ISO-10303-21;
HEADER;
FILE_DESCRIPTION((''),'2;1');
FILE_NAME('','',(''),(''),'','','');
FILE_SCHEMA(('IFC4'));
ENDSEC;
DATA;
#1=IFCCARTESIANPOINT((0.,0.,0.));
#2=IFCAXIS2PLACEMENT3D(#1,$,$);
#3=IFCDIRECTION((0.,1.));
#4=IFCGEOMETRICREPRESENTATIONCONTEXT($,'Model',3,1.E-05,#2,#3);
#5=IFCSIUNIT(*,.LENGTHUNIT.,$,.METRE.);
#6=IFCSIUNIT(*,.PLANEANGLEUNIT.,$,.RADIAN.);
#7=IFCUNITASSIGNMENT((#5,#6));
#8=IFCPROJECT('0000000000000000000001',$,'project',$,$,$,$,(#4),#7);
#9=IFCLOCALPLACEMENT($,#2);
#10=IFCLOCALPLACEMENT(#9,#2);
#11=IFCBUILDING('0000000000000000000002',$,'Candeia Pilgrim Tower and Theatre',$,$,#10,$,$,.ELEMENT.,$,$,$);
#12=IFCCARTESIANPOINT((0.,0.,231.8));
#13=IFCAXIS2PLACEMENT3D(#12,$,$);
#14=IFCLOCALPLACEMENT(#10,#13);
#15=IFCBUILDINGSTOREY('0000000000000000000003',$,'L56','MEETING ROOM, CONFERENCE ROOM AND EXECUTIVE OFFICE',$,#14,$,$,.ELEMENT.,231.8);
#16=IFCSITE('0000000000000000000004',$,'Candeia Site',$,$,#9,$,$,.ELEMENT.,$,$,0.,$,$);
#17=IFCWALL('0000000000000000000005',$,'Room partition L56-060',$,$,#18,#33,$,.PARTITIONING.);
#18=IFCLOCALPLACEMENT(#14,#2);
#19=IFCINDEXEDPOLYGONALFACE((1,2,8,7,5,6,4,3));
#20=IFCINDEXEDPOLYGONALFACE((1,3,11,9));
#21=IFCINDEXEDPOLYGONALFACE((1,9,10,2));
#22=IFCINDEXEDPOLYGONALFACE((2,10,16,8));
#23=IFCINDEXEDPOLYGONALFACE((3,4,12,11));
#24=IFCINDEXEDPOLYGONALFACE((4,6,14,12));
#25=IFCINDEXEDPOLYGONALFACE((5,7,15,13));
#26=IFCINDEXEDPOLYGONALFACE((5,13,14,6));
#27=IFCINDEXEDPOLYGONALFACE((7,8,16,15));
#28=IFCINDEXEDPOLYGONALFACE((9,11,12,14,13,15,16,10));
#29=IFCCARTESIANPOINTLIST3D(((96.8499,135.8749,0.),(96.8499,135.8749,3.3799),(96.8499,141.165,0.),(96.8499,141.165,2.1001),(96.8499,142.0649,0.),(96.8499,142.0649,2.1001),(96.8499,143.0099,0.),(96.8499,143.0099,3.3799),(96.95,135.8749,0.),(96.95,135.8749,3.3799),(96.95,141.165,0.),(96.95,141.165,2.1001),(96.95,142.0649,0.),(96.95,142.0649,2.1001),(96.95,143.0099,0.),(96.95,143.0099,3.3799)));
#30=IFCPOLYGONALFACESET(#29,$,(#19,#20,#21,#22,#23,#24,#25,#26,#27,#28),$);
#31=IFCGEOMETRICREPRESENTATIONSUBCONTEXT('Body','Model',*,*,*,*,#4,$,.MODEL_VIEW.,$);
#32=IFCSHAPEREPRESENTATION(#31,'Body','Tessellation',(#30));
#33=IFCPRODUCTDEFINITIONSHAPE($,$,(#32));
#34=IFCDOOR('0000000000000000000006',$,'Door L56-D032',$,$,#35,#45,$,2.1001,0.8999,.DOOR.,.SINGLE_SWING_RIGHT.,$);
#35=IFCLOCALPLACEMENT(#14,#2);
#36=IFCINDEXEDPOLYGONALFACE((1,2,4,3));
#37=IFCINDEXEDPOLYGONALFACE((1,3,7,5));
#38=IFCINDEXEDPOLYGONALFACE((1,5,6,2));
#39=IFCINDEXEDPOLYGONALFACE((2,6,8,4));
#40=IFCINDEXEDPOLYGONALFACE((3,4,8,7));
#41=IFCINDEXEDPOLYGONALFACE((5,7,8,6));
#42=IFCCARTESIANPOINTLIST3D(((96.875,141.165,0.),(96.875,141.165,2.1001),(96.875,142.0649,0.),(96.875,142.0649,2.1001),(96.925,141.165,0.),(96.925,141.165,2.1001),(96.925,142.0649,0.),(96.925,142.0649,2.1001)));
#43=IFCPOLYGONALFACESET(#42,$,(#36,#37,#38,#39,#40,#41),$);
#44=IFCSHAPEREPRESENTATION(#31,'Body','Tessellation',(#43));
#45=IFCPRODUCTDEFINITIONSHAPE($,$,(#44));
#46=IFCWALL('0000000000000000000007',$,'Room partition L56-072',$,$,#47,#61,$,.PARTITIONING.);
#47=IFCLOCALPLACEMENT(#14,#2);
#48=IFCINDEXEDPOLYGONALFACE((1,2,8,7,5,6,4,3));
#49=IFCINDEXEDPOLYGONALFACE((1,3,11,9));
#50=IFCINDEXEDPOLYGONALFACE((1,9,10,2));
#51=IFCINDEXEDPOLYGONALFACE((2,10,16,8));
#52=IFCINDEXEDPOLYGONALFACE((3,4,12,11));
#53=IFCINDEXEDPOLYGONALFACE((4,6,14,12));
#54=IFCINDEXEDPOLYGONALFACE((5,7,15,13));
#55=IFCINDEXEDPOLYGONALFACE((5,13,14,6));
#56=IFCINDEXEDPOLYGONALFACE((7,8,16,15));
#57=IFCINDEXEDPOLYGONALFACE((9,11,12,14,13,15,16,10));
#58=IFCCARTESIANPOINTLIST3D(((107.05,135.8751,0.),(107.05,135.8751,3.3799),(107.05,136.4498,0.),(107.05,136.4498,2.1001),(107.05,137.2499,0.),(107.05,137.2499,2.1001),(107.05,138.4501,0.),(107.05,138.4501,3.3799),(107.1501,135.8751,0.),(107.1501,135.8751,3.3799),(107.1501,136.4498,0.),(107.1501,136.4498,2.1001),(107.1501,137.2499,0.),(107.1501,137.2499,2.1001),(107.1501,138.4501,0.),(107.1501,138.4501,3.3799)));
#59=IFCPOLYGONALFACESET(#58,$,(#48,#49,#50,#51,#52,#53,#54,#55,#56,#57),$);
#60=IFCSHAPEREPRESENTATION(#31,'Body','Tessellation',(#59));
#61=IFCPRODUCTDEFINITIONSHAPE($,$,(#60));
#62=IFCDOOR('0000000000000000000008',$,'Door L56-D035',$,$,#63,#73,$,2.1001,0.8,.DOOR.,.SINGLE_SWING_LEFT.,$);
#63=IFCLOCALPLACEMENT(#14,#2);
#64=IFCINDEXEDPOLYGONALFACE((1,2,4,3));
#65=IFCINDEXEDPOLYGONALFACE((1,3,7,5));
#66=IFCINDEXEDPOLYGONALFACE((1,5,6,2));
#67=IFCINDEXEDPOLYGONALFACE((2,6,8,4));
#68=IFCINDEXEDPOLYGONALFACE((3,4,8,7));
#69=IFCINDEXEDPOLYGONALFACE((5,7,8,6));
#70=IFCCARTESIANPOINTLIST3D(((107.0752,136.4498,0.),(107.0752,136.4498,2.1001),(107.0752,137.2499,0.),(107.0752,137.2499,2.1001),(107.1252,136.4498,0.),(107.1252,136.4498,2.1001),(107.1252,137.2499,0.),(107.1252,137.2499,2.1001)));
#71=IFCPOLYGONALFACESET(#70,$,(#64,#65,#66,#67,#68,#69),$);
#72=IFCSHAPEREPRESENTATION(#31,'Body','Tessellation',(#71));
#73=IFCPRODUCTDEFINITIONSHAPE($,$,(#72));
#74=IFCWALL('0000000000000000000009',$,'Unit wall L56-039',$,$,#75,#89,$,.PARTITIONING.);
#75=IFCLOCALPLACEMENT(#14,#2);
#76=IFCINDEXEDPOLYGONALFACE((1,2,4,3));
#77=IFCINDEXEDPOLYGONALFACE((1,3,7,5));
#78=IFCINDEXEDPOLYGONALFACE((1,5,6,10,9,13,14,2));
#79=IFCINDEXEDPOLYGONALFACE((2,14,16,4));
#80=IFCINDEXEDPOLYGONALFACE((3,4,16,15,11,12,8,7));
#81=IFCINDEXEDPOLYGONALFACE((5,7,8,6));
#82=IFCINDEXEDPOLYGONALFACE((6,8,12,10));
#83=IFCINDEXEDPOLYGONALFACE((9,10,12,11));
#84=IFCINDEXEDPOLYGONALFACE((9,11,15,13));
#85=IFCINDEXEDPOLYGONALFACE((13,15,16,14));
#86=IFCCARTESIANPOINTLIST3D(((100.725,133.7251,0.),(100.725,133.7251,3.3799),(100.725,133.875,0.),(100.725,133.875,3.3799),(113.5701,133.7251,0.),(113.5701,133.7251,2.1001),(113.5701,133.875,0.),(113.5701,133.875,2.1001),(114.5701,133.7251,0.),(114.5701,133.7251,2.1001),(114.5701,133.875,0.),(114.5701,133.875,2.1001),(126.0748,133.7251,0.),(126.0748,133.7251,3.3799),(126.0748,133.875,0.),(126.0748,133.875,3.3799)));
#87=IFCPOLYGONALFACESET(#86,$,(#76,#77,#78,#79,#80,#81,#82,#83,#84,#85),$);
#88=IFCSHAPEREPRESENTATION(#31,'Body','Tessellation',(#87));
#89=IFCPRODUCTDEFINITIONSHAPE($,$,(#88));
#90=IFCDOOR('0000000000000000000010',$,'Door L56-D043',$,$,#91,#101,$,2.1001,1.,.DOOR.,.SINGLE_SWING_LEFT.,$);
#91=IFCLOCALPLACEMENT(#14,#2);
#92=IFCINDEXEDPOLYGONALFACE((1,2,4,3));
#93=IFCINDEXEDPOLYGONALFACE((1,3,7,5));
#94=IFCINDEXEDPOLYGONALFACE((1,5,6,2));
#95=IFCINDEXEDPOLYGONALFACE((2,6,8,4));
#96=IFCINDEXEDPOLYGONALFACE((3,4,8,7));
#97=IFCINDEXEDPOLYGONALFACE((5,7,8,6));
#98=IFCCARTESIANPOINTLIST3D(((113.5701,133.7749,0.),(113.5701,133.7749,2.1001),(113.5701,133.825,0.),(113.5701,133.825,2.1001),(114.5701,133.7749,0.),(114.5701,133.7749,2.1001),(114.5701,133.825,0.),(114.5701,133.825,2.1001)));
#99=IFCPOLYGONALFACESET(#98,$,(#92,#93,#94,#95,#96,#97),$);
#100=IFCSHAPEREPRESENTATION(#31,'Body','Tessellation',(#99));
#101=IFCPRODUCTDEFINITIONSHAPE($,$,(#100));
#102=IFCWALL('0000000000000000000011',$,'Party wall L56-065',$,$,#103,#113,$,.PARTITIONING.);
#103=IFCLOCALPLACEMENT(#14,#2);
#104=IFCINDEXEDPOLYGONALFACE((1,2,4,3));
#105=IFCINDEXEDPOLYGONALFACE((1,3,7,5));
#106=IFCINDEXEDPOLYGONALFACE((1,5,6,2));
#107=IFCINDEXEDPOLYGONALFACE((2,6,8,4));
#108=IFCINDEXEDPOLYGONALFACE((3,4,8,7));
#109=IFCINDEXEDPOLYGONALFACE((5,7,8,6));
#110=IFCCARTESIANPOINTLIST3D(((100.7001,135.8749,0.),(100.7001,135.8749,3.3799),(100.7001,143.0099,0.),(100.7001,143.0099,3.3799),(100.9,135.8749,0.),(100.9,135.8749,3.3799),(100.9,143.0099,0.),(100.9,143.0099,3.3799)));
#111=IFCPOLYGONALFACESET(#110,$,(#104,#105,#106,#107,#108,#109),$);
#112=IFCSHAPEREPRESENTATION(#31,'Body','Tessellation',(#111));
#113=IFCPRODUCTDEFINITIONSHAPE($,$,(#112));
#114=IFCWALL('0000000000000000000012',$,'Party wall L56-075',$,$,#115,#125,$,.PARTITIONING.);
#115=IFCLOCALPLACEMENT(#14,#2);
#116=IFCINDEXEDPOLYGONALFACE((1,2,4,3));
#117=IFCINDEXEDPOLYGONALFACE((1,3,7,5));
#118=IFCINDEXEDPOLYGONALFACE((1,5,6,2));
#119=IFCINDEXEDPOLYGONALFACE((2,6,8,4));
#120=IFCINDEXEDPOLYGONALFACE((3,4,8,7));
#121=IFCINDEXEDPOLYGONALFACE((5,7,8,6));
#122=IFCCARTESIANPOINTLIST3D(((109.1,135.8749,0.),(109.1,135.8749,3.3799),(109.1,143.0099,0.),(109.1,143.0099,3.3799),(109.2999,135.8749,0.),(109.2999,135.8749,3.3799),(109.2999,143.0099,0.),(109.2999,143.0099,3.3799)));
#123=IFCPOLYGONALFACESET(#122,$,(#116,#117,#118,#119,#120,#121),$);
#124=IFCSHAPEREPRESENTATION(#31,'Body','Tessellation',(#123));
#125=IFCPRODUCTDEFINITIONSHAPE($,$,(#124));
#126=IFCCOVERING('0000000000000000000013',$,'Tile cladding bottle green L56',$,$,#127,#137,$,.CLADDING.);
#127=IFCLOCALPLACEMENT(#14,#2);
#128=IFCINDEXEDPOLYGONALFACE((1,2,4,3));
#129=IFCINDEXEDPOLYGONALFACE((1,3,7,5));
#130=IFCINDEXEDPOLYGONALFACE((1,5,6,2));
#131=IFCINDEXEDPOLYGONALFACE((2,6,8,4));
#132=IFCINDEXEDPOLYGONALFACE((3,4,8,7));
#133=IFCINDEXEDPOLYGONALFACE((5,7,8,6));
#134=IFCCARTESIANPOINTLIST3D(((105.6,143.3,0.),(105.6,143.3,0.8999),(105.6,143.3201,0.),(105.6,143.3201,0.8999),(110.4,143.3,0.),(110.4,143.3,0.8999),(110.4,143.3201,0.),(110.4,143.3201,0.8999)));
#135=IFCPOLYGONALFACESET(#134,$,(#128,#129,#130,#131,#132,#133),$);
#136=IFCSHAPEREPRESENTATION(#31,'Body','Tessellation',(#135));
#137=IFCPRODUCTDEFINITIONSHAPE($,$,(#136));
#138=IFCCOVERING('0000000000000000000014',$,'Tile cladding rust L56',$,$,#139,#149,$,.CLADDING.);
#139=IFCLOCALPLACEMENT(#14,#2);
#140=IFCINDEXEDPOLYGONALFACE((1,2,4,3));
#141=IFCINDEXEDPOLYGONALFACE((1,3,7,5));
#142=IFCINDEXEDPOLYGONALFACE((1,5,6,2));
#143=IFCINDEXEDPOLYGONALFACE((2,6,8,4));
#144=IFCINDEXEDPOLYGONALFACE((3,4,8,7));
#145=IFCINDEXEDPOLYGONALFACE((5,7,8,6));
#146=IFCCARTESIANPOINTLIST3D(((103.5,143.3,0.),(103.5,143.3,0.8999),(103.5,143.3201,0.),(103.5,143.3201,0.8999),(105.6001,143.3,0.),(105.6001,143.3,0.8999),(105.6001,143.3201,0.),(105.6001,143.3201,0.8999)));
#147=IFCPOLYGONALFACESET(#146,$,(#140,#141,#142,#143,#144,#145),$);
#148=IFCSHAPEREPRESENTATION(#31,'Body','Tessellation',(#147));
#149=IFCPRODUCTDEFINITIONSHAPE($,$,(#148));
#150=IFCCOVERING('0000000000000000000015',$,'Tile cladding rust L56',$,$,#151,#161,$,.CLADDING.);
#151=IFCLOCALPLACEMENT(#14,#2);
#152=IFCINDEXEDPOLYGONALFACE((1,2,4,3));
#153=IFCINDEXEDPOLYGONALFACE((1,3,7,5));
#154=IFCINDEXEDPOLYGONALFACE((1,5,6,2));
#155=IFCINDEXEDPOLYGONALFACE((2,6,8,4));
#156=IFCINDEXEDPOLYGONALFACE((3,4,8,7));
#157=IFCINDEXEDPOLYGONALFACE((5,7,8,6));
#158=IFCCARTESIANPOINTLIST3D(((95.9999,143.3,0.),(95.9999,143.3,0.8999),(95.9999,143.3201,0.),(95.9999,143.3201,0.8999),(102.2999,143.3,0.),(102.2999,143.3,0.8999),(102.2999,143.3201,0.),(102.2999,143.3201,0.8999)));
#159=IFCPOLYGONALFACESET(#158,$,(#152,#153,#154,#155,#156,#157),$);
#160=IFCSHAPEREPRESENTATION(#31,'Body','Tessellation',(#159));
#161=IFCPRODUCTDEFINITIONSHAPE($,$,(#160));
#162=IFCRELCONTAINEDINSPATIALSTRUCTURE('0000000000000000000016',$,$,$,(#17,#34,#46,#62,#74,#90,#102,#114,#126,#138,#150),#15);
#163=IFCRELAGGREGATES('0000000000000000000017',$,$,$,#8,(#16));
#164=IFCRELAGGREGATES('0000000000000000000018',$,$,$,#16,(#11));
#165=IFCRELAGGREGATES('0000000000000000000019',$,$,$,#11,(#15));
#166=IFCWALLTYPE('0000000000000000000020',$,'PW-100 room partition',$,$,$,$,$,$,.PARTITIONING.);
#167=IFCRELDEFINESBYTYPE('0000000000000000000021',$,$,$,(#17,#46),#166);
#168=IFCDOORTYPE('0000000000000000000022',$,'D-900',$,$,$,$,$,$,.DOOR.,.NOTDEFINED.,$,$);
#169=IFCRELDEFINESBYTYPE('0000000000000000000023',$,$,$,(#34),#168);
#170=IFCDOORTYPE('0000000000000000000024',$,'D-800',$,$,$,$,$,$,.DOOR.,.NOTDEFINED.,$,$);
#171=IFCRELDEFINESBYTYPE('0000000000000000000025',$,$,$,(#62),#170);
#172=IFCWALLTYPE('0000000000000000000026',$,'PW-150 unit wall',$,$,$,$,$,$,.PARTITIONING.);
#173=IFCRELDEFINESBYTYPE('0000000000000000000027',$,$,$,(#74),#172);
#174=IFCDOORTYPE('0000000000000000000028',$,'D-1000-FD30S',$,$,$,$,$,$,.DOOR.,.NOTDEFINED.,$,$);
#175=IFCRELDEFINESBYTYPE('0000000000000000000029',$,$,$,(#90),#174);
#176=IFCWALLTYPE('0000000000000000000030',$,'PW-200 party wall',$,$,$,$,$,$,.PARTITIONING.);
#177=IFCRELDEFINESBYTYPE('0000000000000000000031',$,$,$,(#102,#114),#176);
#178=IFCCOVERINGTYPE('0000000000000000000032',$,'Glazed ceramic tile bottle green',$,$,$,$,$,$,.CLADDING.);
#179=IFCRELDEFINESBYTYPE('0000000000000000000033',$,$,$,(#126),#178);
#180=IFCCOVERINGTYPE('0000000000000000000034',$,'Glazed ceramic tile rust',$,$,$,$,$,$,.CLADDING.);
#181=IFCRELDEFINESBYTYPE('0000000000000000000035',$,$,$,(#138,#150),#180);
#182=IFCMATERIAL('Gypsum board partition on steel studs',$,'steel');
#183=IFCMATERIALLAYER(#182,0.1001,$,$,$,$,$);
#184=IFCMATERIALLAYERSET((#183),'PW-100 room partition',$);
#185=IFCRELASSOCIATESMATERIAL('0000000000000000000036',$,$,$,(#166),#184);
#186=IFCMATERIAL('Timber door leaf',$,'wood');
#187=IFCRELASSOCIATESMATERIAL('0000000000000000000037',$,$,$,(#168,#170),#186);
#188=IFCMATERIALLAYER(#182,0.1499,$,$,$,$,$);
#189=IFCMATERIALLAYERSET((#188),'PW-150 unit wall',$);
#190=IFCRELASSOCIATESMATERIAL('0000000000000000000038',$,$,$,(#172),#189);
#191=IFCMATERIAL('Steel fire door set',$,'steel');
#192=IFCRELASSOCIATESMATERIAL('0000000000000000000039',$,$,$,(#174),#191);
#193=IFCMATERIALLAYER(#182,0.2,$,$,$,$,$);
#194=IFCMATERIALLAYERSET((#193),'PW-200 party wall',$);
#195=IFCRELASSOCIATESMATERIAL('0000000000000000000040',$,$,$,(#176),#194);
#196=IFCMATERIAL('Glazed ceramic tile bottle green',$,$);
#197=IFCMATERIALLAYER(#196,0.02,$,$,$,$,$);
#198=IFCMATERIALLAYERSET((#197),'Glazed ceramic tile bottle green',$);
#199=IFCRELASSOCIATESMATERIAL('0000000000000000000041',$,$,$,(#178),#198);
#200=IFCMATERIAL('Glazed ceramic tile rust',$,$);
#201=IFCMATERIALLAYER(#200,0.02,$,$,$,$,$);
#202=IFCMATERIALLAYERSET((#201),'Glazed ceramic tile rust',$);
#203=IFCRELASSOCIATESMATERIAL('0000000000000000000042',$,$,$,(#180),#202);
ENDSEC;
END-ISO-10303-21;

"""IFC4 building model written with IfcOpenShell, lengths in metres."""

from ifc_helpers import new_model, si_unit, direction, frame, frame_2d, origin, origin_2d, place, context, subcontext, project, spatial, rectangle, extrude, material, layer, layer_set, type_object, element, fill, save


model = new_model("IFC4")

# Units and contexts
model_context = context("Model", 3, precision=1e-05, world=origin(), true_north=direction((0.0, 1.0)))
body_context = subcontext(model_context, "Body", "Model", "MODEL_VIEW")
ifc_project = project(units=[si_unit("LENGTHUNIT", "METRE"), si_unit("PLANEANGLEUNIT", "RADIAN")], contexts=[model_context])

# Site, building, storey
site_placement = place(None, origin())
site = spatial("IfcSite", under=ifc_project, at=site_placement, Name="Candeia Site", CompositionType="ELEMENT", RefElevation=0.0)
building_placement = place(site_placement, origin())
building = spatial("IfcBuilding", under=site, at=building_placement, Name="Candeia Pilgrim Tower and Theatre", CompositionType="ELEMENT")
storey_placement = place(building_placement, frame((0.0, 0.0, 231.8)))
storey = spatial("IfcBuildingStorey", under=building, at=storey_placement, Name="L56", Description="MEETING ROOM, CONFERENCE ROOM AND EXECUTIVE OFFICE", CompositionType="ELEMENT", Elevation=231.8)

# Shared definitions
ifc_material_1 = material(Name="Gypsum board partition on steel studs", Category="steel")
ifc_layer_1 = layer(ifc_material_1, 0.1001)
ifc_layer_set_1 = layer_set([ifc_layer_1], Name="PW-100 room partition")
wall_type_1 = type_object("IfcWallType", Name="PW-100 room partition", PredefinedType="PARTITIONING", material=ifc_layer_set_1)

# Walls, openings, doors
wall_1_placement = place(storey_placement, frame((96.8999, 135.875, 0.0), z_axis=(0.0, 0.0, 1.0), x_axis=(0.0, 1.0, 0.0)))
wall_1 = element("IfcWall", 1, at=wall_1_placement, inside=storey, type_object=wall_type_1, Name="Room partition L56-060", PredefinedType="PARTITIONING", context=body_context, shape_type="SweptSolid", body=[
    extrude(rectangle(XDim=7.135, YDim=0.1001, at=frame_2d((3.5674, 0.0))), origin(), (0.0, 0.0, 1.0), 3.3799),
])
opening_1_placement = place(wall_1_placement, frame((5.29, 0.0, 0.0)))
opening_1 = element("IfcOpeningElement", 2, at=opening_1_placement, cuts=wall_1, PredefinedType="OPENING", context=body_context, shape_type="SweptSolid", body=[
    extrude(rectangle(XDim=0.8999, YDim=2.1001, at=frame_2d((0.45, 1.05))), frame((0.0, 0.0601, 0.0), z_axis=(0.0, -1.0, 0.0), x_axis=(1.0, 0.0, 0.0)), (0.0, 0.0, 1.0), 0.1201),
])
ifc_material_2 = material(Name="Timber door leaf", Category="wood")
door_type_1 = type_object("IfcDoorType", Name="D-900", OperationType="NOTDEFINED", PredefinedType="DOOR", material=ifc_material_2)
door_1_placement = place(opening_1_placement, origin())
door_1 = element("IfcDoor", 3, at=door_1_placement, inside=storey, type_object=door_type_1, Name="Door L56-D032", OperationType="SINGLE_SWING_RIGHT", OverallHeight=2.1001, OverallWidth=0.8999, PredefinedType="DOOR", context=body_context, shape_type="SweptSolid", body=[
    extrude(rectangle(XDim=0.8999, YDim=2.1001, at=frame_2d((0.45, 1.05))), frame((0.0, 0.0249, 0.0), z_axis=(0.0, -1.0, 0.0), x_axis=(1.0, 0.0, 0.0)), (0.0, 0.0, 1.0), 0.05),
])
fill(opening_1, door_1)
wall_2_placement = place(storey_placement, frame((107.1001, 135.875, 0.0), z_axis=(0.0, 0.0, 1.0), x_axis=(0.0, 1.0, 0.0)))
wall_2 = element("IfcWall", 4, at=wall_2_placement, inside=storey, type_object=wall_type_1, Name="Room partition L56-072", PredefinedType="PARTITIONING", context=body_context, shape_type="SweptSolid", body=[
    extrude(rectangle(XDim=2.575, YDim=0.1001, at=frame_2d((1.2876, 0.0))), origin(), (0.0, 0.0, 1.0), 3.3799),
])
opening_2_placement = place(wall_2_placement, frame((0.575, 0.0, 0.0)))
opening_2 = element("IfcOpeningElement", 5, at=opening_2_placement, cuts=wall_2, PredefinedType="OPENING", context=body_context, shape_type="SweptSolid", body=[
    extrude(rectangle(XDim=0.8, YDim=2.1001, at=frame_2d((0.3999, 1.05))), frame((0.0, 0.0601, 0.0), z_axis=(0.0, -1.0, 0.0), x_axis=(1.0, 0.0, 0.0)), (0.0, 0.0, 1.0), 0.1201),
])
door_type_2 = type_object("IfcDoorType", Name="D-800", OperationType="NOTDEFINED", PredefinedType="DOOR", material=ifc_material_2)
door_2_placement = place(opening_2_placement, origin())
door_2 = element("IfcDoor", 6, at=door_2_placement, inside=storey, type_object=door_type_2, Name="Door L56-D035", OperationType="SINGLE_SWING_LEFT", OverallHeight=2.1001, OverallWidth=0.8, PredefinedType="DOOR", context=body_context, shape_type="SweptSolid", body=[
    extrude(rectangle(XDim=0.8, YDim=2.1001, at=frame_2d((0.3999, 1.05))), frame((0.0, 0.0249, 0.0), z_axis=(0.0, -1.0, 0.0), x_axis=(1.0, 0.0, 0.0)), (0.0, 0.0, 1.0), 0.05),
])
fill(opening_2, door_2)
ifc_layer_2 = layer(ifc_material_1, 0.1499)
ifc_layer_set_2 = layer_set([ifc_layer_2], Name="PW-150 unit wall")
wall_type_2 = type_object("IfcWallType", Name="PW-150 unit wall", PredefinedType="PARTITIONING", material=ifc_layer_set_2)
wall_3_placement = place(storey_placement, frame((100.7251, 133.8, 0.0), z_axis=(0.0, 0.0, 1.0), x_axis=(1.0, 0.0, 0.0)))
wall_3 = element("IfcWall", 7, at=wall_3_placement, inside=storey, type_object=wall_type_2, Name="Unit wall L56-039", PredefinedType="PARTITIONING", context=body_context, shape_type="SweptSolid", body=[
    extrude(rectangle(XDim=25.3499, YDim=0.1499, at=frame_2d((12.6748, 0.0))), origin(), (0.0, 0.0, 1.0), 3.3799),
])
opening_3_placement = place(wall_3_placement, frame((12.845, 0.0, 0.0)))
opening_3 = element("IfcOpeningElement", 8, at=opening_3_placement, cuts=wall_3, PredefinedType="OPENING", context=body_context, shape_type="SweptSolid", body=[
    extrude(rectangle(XDim=1.0, YDim=2.1001, at=frame_2d((0.5, 1.05))), frame((0.0, 0.085, 0.0), z_axis=(0.0, -1.0, 0.0), x_axis=(1.0, 0.0, 0.0)), (0.0, 0.0, 1.0), 0.1699),
])
ifc_material_3 = material(Name="Steel fire door set", Category="steel")
door_type_3 = type_object("IfcDoorType", Name="D-1000-FD30S", OperationType="NOTDEFINED", PredefinedType="DOOR", material=ifc_material_3)
door_3_placement = place(opening_3_placement, origin())
door_3 = element("IfcDoor", 9, at=door_3_placement, inside=storey, type_object=door_type_3, Name="Door L56-D043", OperationType="SINGLE_SWING_LEFT", OverallHeight=2.1001, OverallWidth=1.0, PredefinedType="DOOR", context=body_context, shape_type="SweptSolid", body=[
    extrude(rectangle(XDim=1.0, YDim=2.1001, at=frame_2d((0.5, 1.05))), frame((0.0, 0.0249, 0.0), z_axis=(0.0, -1.0, 0.0), x_axis=(1.0, 0.0, 0.0)), (0.0, 0.0, 1.0), 0.05),
])
fill(opening_3, door_3)

# Walls
ifc_layer_3 = layer(ifc_material_1, 0.2)
ifc_layer_set_3 = layer_set([ifc_layer_3], Name="PW-200 party wall")
wall_type_3 = type_object("IfcWallType", Name="PW-200 party wall", PredefinedType="PARTITIONING", material=ifc_layer_set_3)
for number, where, z_axis, x_axis, name in (
    (10, (100.8, 135.875, 0.0), (0.0, 0.0, 1.0), (0.0, 1.0, 0.0), "Party wall L56-065"),
    (11, (109.2, 135.875, 0.0), (0.0, 0.0, 1.0), (0.0, 1.0, 0.0), "Party wall L56-075"),
):
    element("IfcWall", number, at=place(storey_placement, frame(where, z_axis=z_axis, x_axis=x_axis)), inside=storey, type_object=wall_type_3, Name=name, PredefinedType="PARTITIONING", context=body_context, shape_type="SweptSolid", body=[
        extrude(rectangle(XDim=7.135, YDim=0.2, at=frame_2d((3.5674, 0.0))), origin(), (0.0, 0.0, 1.0), 3.3799),
    ])

# Coverings
ifc_material_4 = material(Name="Glazed ceramic tile bottle green")
ifc_layer_4 = layer(ifc_material_4, 0.02)
ifc_layer_set_4 = layer_set([ifc_layer_4], Name="Glazed ceramic tile bottle green")
covering_type_1 = type_object("IfcCoveringType", Name="Glazed ceramic tile bottle green", PredefinedType="CLADDING", material=ifc_layer_set_4)
covering_1_placement = place(storey_placement, frame((108.0, 143.3101, 0.0), z_axis=(0.0, 0.0, 1.0), x_axis=(-1.0, 0.0, 0.0)))
element("IfcCovering", 12, at=covering_1_placement, inside=storey, type_object=covering_type_1, Name="Tile cladding bottle green L56", PredefinedType="CLADDING", context=body_context, shape_type="SweptSolid", body=[
    extrude(rectangle(XDim=4.8, YDim=0.02, at=origin_2d()), origin(), (0.0, 0.0, 1.0), 0.8999),
])
ifc_material_5 = material(Name="Glazed ceramic tile rust")
ifc_layer_5 = layer(ifc_material_5, 0.02)
ifc_layer_set_5 = layer_set([ifc_layer_5], Name="Glazed ceramic tile rust")
covering_type_2 = type_object("IfcCoveringType", Name="Glazed ceramic tile rust", PredefinedType="CLADDING", material=ifc_layer_set_5)
covering_2_placement = place(storey_placement, frame((104.55, 143.3101, 0.0), z_axis=(0.0, 0.0, 1.0), x_axis=(-1.0, 0.0, 0.0)))
element("IfcCovering", 13, at=covering_2_placement, inside=storey, type_object=covering_type_2, Name="Tile cladding rust L56", PredefinedType="CLADDING", context=body_context, shape_type="SweptSolid", body=[
    extrude(rectangle(XDim=2.1001, YDim=0.02, at=origin_2d()), origin(), (0.0, 0.0, 1.0), 0.8999),
])
covering_3_placement = place(storey_placement, frame((99.1499, 143.3101, 0.0), z_axis=(0.0, 0.0, 1.0), x_axis=(-1.0, 0.0, 0.0)))
element("IfcCovering", 14, at=covering_3_placement, inside=storey, type_object=covering_type_2, Name="Tile cladding rust L56", PredefinedType="CLADDING", context=body_context, shape_type="SweptSolid", body=[
    extrude(rectangle(XDim=6.3, YDim=0.02, at=origin_2d()), origin(), (0.0, 0.0, 1.0), 0.8999),
])

save(model, "model.ifc")
